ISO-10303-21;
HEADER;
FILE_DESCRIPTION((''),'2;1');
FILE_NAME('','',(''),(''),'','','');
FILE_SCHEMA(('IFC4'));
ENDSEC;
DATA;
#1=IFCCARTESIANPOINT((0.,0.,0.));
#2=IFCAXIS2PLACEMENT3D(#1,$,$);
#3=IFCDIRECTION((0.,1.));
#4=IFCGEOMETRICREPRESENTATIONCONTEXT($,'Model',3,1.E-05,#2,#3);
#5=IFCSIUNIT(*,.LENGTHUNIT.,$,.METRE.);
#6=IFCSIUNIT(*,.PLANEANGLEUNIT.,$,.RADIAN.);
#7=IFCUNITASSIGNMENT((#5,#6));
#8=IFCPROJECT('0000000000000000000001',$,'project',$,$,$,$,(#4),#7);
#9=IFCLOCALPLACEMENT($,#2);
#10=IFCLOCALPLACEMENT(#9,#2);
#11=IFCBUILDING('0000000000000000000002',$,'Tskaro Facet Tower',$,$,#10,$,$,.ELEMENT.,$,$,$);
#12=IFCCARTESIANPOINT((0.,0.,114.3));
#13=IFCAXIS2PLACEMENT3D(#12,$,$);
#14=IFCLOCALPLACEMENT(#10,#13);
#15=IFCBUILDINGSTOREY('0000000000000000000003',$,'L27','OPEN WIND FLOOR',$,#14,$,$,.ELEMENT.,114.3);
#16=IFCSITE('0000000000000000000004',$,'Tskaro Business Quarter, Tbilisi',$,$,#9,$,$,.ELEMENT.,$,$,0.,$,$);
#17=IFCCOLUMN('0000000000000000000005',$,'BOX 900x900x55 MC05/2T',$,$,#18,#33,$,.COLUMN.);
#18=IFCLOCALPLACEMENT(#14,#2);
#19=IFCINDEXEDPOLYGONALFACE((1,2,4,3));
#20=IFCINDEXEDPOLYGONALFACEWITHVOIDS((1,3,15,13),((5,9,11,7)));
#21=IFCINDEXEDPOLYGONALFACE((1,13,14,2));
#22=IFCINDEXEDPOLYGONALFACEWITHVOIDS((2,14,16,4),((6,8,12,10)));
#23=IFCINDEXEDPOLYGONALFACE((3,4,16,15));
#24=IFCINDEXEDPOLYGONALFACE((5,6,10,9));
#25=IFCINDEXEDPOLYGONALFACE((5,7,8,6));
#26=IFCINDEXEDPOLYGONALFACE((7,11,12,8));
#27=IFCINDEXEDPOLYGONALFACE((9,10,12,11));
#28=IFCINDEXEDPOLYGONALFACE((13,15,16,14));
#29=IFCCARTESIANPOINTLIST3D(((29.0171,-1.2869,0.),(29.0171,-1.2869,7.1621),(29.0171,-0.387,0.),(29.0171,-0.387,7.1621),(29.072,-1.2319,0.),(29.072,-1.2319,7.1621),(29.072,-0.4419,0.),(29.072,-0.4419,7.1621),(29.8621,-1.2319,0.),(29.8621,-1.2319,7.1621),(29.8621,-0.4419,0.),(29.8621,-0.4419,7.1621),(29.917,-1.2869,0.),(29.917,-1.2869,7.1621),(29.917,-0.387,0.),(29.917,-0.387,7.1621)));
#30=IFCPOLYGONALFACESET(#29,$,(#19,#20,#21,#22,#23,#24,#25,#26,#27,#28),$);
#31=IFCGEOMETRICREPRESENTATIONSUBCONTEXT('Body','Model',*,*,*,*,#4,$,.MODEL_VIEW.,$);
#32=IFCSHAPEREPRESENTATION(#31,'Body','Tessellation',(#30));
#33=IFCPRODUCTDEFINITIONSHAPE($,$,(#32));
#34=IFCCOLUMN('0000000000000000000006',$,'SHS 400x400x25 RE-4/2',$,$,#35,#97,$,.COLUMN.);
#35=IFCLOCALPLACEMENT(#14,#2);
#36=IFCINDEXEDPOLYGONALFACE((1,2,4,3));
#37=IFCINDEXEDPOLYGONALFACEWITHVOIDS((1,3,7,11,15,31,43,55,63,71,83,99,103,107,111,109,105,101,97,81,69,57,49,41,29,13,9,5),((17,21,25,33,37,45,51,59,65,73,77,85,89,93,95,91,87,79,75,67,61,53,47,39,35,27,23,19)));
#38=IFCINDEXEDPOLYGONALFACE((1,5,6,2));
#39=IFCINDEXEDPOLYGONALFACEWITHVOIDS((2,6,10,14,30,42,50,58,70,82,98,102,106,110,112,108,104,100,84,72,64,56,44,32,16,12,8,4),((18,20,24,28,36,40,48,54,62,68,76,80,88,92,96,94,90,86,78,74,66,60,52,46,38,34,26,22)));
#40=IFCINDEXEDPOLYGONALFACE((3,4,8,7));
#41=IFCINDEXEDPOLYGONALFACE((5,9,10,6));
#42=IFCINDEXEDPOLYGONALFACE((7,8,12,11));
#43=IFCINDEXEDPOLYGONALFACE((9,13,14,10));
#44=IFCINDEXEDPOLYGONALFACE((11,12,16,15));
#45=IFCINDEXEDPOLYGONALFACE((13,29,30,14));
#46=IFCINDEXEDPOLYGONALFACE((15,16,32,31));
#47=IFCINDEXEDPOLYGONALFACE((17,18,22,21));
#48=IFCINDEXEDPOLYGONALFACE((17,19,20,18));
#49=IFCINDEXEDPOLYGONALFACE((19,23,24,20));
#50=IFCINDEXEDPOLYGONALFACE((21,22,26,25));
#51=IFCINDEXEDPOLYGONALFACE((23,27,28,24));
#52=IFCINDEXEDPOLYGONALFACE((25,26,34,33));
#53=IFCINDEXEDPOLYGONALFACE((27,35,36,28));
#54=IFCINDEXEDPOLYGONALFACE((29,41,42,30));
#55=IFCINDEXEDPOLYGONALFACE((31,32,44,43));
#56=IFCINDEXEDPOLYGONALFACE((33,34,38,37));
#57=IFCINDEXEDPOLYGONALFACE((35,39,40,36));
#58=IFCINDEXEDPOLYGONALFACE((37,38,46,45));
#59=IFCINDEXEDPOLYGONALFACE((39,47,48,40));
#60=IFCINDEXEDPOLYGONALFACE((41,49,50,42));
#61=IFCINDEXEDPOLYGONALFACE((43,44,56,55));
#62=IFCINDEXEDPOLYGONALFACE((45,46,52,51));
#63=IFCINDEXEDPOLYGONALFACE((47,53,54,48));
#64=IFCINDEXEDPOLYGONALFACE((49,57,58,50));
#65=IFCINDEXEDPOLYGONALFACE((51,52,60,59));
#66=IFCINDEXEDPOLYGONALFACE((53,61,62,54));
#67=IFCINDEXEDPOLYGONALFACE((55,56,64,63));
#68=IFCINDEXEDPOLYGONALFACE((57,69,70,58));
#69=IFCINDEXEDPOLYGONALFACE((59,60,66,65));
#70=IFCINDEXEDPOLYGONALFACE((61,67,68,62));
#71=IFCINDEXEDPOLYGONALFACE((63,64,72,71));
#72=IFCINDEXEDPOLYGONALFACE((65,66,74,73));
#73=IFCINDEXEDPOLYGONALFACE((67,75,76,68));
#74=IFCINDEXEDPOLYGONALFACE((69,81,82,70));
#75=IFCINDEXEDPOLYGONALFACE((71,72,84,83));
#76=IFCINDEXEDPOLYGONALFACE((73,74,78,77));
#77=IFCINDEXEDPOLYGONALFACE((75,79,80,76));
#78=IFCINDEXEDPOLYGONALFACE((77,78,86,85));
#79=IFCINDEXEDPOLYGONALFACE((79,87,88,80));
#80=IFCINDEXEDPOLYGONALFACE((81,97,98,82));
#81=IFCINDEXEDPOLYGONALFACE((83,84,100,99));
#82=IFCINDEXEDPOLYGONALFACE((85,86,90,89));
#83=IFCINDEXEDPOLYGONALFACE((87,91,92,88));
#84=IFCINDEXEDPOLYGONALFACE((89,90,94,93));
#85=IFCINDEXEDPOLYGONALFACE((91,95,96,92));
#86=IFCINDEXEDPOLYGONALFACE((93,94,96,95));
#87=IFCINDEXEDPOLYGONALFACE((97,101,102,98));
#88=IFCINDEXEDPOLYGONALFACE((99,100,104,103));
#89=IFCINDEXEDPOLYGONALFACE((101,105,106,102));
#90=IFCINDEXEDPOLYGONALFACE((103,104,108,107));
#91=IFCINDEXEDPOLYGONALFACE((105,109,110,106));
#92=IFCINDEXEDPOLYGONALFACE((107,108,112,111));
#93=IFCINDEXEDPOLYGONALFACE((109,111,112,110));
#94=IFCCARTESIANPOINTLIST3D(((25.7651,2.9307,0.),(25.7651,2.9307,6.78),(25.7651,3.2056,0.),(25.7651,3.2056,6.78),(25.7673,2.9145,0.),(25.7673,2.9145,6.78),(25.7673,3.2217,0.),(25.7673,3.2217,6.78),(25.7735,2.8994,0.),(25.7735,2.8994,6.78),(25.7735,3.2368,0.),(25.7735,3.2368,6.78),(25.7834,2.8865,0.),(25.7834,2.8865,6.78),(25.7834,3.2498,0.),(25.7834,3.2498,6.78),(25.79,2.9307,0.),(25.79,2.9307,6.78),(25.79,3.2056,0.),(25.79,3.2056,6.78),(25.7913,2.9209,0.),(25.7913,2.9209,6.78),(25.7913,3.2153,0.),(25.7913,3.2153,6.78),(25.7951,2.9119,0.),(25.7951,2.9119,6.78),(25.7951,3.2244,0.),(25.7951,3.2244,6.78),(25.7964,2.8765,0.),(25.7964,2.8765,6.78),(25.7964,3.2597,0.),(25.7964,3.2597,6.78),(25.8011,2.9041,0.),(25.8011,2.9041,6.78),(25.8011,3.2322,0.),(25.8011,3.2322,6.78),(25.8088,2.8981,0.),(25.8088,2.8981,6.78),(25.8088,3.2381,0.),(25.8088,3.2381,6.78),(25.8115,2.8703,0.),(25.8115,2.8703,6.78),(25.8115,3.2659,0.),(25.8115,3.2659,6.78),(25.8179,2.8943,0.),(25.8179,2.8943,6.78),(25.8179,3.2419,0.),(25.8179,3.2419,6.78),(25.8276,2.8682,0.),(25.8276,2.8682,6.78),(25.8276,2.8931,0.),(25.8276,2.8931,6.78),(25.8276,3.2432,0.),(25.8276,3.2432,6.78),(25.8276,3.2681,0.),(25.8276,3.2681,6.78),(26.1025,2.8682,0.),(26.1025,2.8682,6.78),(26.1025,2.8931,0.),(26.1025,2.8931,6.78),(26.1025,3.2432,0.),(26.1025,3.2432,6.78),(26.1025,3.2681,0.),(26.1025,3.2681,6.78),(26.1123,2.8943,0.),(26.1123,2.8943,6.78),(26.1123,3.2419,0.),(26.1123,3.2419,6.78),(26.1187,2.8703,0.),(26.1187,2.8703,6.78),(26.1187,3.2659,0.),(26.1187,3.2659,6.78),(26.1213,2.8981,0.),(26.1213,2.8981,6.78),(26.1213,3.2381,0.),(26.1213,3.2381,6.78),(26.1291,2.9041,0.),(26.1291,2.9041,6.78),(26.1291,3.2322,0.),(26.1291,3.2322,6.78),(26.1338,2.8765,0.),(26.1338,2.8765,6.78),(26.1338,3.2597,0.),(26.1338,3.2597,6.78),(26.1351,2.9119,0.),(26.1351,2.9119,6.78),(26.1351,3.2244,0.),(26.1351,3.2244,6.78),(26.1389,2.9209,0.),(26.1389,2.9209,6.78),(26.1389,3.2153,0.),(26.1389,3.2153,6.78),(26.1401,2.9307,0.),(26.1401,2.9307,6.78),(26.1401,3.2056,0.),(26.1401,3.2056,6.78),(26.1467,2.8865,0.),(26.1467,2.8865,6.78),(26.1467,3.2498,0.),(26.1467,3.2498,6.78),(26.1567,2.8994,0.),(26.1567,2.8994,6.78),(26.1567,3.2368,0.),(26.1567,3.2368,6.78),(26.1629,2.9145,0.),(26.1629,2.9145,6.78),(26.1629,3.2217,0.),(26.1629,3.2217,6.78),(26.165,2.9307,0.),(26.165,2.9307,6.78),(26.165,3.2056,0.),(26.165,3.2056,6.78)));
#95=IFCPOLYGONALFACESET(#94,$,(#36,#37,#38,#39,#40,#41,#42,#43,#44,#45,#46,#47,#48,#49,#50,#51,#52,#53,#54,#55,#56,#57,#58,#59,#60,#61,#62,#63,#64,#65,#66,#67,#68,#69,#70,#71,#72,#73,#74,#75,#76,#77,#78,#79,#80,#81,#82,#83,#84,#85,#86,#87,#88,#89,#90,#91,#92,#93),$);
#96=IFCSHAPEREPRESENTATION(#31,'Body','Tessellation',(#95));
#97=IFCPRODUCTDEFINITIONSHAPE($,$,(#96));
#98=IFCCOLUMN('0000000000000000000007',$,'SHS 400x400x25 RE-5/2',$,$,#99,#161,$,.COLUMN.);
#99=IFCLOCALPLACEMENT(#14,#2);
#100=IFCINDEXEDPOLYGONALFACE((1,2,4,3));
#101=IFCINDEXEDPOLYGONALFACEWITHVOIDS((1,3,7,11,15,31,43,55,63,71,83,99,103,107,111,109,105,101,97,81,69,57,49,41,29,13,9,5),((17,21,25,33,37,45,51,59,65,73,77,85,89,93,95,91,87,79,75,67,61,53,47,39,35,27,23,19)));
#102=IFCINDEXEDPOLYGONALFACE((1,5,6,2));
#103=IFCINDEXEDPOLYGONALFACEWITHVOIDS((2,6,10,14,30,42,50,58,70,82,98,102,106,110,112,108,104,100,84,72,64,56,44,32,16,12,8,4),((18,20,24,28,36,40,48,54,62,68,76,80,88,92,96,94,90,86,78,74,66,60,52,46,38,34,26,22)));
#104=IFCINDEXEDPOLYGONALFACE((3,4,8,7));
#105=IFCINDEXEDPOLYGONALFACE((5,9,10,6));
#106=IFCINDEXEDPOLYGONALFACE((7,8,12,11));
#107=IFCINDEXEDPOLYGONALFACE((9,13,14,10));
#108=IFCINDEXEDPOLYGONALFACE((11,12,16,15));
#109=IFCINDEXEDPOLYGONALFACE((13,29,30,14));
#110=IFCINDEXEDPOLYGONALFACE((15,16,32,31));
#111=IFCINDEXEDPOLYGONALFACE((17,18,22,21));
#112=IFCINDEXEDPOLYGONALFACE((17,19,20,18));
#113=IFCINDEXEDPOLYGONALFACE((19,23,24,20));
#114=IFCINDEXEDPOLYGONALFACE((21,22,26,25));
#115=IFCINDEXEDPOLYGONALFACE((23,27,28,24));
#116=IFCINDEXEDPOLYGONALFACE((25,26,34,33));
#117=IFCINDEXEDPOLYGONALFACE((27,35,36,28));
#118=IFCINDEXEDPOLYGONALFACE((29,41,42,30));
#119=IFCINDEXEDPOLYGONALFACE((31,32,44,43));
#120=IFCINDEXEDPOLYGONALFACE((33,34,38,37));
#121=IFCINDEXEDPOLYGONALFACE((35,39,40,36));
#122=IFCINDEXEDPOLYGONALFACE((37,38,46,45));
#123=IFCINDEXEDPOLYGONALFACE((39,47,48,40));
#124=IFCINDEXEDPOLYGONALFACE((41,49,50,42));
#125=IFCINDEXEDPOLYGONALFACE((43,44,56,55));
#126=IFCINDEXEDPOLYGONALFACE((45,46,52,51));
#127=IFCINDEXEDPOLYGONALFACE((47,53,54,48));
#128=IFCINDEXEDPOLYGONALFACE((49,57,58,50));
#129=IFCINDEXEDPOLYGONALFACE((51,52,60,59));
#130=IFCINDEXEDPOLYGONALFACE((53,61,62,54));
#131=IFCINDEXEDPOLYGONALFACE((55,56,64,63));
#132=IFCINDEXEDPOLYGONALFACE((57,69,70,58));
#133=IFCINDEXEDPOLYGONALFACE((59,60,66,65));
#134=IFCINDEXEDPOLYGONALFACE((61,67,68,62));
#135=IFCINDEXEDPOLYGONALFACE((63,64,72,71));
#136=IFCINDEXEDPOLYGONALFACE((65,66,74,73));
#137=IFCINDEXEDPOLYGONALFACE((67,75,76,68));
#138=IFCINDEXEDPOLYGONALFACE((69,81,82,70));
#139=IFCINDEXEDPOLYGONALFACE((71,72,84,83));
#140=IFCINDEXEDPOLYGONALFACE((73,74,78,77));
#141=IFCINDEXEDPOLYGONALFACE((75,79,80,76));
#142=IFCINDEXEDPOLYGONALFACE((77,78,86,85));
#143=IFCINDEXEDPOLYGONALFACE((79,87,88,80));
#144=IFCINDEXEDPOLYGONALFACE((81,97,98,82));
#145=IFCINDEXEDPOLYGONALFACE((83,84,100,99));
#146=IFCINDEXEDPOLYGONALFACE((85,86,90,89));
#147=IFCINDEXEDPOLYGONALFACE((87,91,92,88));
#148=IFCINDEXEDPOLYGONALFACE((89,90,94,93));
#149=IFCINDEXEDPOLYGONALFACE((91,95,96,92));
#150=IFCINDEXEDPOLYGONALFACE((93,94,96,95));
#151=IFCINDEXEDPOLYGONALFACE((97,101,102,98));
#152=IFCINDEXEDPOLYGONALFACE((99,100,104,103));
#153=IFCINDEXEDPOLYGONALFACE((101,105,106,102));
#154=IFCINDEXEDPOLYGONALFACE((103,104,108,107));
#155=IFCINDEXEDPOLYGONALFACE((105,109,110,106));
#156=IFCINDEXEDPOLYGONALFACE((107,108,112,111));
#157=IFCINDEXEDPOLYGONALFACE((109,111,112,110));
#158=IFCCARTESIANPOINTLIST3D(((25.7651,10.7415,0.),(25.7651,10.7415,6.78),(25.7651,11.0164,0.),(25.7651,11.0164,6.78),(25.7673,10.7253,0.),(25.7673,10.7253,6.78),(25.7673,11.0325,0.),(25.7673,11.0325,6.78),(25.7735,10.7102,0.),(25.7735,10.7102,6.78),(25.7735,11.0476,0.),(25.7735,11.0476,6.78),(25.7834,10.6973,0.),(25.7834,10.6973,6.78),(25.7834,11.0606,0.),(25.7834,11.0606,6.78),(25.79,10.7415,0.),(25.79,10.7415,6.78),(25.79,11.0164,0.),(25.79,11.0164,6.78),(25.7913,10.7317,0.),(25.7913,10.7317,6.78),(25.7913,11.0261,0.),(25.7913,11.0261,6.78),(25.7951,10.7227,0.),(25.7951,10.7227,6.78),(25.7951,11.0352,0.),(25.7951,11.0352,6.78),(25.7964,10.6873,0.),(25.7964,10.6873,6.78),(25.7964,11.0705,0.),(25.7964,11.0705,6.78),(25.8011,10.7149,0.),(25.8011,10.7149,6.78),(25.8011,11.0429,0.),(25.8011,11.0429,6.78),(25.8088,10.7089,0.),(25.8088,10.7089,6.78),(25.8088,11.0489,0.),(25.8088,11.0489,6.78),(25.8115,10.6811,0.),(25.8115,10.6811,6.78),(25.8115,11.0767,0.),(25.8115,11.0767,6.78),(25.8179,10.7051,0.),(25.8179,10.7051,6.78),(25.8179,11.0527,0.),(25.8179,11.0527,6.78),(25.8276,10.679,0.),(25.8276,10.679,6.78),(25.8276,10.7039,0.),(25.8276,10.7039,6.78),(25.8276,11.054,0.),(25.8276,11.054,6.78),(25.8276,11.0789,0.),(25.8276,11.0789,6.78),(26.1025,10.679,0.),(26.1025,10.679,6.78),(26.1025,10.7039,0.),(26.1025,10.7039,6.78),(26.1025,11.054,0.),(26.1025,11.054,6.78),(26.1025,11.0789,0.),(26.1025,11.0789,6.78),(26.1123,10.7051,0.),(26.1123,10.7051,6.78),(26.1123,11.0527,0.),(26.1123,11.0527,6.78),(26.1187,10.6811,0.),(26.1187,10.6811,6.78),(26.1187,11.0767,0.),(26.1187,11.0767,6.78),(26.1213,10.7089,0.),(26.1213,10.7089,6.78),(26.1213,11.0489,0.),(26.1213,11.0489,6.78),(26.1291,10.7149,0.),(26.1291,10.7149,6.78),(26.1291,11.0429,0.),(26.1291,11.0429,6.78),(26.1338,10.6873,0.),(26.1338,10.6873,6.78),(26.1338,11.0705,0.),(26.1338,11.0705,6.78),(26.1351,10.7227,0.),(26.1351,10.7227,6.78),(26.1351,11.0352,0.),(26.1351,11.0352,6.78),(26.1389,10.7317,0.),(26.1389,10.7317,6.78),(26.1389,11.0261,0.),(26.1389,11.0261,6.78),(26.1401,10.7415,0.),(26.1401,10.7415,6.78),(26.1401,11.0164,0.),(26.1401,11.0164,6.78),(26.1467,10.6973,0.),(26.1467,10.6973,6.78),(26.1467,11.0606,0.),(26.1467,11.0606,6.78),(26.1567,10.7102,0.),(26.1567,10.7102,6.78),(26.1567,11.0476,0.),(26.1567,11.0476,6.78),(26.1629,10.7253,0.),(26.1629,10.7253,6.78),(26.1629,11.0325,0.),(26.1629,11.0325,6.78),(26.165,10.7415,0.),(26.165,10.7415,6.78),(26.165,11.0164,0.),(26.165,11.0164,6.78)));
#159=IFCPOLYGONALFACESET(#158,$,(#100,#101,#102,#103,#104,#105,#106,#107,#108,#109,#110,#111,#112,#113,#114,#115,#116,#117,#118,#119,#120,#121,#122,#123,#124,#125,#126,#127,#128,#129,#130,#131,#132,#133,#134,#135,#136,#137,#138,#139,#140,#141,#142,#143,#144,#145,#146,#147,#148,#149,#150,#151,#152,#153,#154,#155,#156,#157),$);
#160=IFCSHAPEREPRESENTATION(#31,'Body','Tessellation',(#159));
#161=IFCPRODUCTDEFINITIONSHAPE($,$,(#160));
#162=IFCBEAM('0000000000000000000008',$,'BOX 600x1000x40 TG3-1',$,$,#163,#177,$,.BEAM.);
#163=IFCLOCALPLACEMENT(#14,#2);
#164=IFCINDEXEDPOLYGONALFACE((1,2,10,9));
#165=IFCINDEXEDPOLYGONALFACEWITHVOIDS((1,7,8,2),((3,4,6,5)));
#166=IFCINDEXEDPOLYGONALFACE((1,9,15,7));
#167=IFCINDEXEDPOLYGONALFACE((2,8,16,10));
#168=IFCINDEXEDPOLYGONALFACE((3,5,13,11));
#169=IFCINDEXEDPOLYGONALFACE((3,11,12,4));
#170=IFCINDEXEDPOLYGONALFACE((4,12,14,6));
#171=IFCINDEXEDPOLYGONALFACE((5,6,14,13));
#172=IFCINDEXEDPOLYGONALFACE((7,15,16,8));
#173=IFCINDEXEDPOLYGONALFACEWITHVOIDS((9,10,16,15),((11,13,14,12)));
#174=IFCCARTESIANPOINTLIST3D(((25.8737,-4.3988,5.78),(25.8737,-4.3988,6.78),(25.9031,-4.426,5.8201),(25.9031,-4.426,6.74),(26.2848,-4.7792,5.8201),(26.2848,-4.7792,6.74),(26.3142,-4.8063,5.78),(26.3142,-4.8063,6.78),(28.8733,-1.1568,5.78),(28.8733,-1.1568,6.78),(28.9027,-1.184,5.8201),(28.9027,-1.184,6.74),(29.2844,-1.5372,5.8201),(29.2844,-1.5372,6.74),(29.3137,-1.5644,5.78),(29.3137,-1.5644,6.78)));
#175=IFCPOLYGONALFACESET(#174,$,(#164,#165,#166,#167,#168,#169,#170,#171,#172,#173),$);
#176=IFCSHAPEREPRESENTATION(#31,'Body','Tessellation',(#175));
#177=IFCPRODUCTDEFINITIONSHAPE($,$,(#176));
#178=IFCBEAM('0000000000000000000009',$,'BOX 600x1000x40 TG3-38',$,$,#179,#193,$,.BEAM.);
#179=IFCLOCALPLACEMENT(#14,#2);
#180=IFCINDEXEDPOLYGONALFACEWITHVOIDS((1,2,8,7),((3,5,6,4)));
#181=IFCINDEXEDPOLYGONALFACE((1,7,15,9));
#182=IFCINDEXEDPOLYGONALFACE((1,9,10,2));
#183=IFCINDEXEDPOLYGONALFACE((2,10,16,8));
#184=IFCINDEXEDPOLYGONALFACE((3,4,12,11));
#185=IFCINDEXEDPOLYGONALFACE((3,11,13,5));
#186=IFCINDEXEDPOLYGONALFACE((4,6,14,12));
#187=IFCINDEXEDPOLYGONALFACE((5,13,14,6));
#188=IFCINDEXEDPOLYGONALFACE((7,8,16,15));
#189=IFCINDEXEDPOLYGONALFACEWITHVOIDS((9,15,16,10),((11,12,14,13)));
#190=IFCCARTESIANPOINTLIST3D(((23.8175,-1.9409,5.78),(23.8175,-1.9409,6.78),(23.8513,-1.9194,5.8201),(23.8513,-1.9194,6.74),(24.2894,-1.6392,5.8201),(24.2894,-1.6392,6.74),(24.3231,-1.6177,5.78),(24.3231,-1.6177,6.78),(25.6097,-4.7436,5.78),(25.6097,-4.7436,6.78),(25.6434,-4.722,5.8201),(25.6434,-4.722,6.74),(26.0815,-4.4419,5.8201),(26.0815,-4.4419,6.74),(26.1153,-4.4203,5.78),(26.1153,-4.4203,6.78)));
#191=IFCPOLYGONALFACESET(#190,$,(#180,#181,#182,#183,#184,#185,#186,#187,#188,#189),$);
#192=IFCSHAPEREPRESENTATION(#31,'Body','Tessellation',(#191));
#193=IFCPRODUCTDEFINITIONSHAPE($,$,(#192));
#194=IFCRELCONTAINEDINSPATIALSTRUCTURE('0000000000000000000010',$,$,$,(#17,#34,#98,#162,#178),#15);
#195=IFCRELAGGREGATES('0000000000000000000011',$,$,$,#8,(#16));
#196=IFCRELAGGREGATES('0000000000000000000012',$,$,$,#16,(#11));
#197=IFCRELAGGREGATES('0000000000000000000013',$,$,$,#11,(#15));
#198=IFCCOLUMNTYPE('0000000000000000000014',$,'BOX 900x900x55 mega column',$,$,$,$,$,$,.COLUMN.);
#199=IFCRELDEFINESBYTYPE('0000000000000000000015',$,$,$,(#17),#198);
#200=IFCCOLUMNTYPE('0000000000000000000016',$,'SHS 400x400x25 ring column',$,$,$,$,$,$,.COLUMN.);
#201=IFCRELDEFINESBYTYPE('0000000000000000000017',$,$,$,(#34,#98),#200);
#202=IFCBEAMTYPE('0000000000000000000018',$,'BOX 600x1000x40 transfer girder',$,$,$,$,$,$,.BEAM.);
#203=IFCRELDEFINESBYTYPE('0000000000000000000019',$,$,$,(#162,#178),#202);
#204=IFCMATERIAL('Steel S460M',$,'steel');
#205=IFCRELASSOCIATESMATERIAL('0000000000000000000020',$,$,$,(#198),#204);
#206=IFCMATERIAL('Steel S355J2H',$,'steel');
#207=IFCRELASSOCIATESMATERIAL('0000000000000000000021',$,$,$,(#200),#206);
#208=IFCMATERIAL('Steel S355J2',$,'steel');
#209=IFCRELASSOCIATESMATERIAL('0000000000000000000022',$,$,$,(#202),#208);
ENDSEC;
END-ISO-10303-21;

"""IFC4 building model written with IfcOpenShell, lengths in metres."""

from ifc_helpers import new_model, si_unit, direction, frame, origin, origin_2d, place, context, subcontext, project, spatial, hollow_rectangle, extrude, material, material_profile, profile_set, type_object, element, save


model = new_model("IFC4")

# Units and contexts
model_context = context("Model", 3, precision=1e-05, world=origin(), true_north=direction((0.0, 1.0)))
body_context = subcontext(model_context, "Body", "Model", "MODEL_VIEW")
ifc_project = project(units=[si_unit("LENGTHUNIT", "METRE"), si_unit("PLANEANGLEUNIT", "RADIAN")], contexts=[model_context])

# Site, building, storey
site_placement = place(None, origin())
site = spatial("IfcSite", under=ifc_project, at=site_placement, Name="Tskaro Business Quarter, Tbilisi", CompositionType="ELEMENT", RefElevation=0.0)
building_placement = place(site_placement, origin())
building = spatial("IfcBuilding", under=site, at=building_placement, Name="Tskaro Facet Tower", CompositionType="ELEMENT")
storey_placement = place(building_placement, frame((0.0, 0.0, 114.3)))
storey = spatial("IfcBuildingStorey", under=building, at=storey_placement, Name="L27", Description="OPEN WIND FLOOR", CompositionType="ELEMENT", Elevation=114.3)

# Columns
ifc_material_1 = material(Name="Steel S460M", Category="steel")
ifc_material_profile_1 = material_profile(ifc_material_1, hollow_rectangle(XDim=0.8999, YDim=0.8999, WallThickness=0.0549, at=origin_2d()), Name="BOX 900x900x55")
ifc_profile_set_1 = profile_set([ifc_material_profile_1], Name="Steel S460M")
column_type_1 = type_object("IfcColumnType", Name="BOX 900x900x55 mega column", PredefinedType="COLUMN", material=ifc_profile_set_1)
column_placement = place(storey_placement, frame((29.467, -0.8369, 0.0), z_axis=(0.0, 0.0, 1.0), x_axis=(1.0, 0.0, 0.0)))
element("IfcColumn", 1, at=column_placement, inside=storey, type_object=column_type_1, Name="BOX 900x900x55 MC05/2T", PredefinedType="COLUMN", context=body_context, shape_type="SweptSolid", body=[
    extrude(hollow_rectangle(XDim=0.8999, YDim=0.8999, WallThickness=0.0549, at=origin_2d()), origin(), (0.0, 0.0, 1.0), 7.1621),
])
ifc_material_2 = material(Name="Steel S355J2H", Category="steel")
ifc_material_profile_2 = material_profile(ifc_material_2, hollow_rectangle(XDim=0.3999, YDim=0.3999, WallThickness=0.0249, InnerFilletRadius=0.0376, OuterFilletRadius=0.0625, at=origin_2d()), Name="SHS 400x400x25")
ifc_profile_set_2 = profile_set([ifc_material_profile_2], Name="Steel S355J2H")
column_type_2 = type_object("IfcColumnType", Name="SHS 400x400x25 ring column", PredefinedType="COLUMN", material=ifc_profile_set_2)
for number, where, z_axis, x_axis, name in (
    (2, (25.9651, 3.0681, 0.0), (0.0, 0.0, 1.0), (1.0, 0.0, 0.0), "SHS 400x400x25 RE-4/2"),
    (3, (25.9651, 10.8789, 0.0), (0.0, 0.0, 1.0), (1.0, 0.0, 0.0), "SHS 400x400x25 RE-5/2"),
):
    element("IfcColumn", number, at=place(storey_placement, frame(where, z_axis=z_axis, x_axis=x_axis)), inside=storey, type_object=column_type_2, Name=name, PredefinedType="COLUMN", context=body_context, shape_type="SweptSolid", body=[
        extrude(hollow_rectangle(XDim=0.3999, YDim=0.3999, WallThickness=0.0249, InnerFilletRadius=0.0376, OuterFilletRadius=0.0625, at=origin_2d()), origin(), (0.0, 0.0, 1.0), 6.78),
    ])

# Beams
ifc_material_3 = material(Name="Steel S355J2", Category="steel")
ifc_material_profile_3 = material_profile(ifc_material_3, hollow_rectangle(XDim=0.6001, YDim=1.0, WallThickness=0.04, at=origin_2d()), Name="BOX 600x1000x40")
ifc_profile_set_3 = profile_set([ifc_material_profile_3], Name="Steel S355J2")
beam_type_1 = type_object("IfcBeamType", Name="BOX 600x1000x40 transfer girder", PredefinedType="BEAM", material=ifc_profile_set_3)
beam_1_placement = place(storey_placement, frame((29.0935, -1.3606, 6.28), z_axis=(-0.679129, -0.734019, 0.0), x_axis=(0.734019, -0.679129, 0.0)))
element("IfcBeam", 4, at=beam_1_placement, inside=storey, type_object=beam_type_1, Name="BOX 600x1000x40 TG3-1", PredefinedType="BEAM", context=body_context, shape_type="SweptSolid", body=[
    extrude(hollow_rectangle(XDim=0.6001, YDim=1.0, WallThickness=0.04, at=origin_2d()), origin(), (0.0, 0.0, 1.0), 4.4167),
])
beam_2_placement = place(storey_placement, frame((24.0703, -1.7793, 6.28), z_axis=(0.538731, -0.842478, 0.0), x_axis=(0.842478, 0.538731, 0.0)))
element("IfcBeam", 5, at=beam_2_placement, inside=storey, type_object=beam_type_1, Name="BOX 600x1000x40 TG3-38", PredefinedType="BEAM", context=body_context, shape_type="SweptSolid", body=[
    extrude(hollow_rectangle(XDim=0.6001, YDim=1.0, WallThickness=0.04, at=origin_2d()), origin(), (0.0, 0.0, 1.0), 3.3267),
])

save(model, "model.ifc")
